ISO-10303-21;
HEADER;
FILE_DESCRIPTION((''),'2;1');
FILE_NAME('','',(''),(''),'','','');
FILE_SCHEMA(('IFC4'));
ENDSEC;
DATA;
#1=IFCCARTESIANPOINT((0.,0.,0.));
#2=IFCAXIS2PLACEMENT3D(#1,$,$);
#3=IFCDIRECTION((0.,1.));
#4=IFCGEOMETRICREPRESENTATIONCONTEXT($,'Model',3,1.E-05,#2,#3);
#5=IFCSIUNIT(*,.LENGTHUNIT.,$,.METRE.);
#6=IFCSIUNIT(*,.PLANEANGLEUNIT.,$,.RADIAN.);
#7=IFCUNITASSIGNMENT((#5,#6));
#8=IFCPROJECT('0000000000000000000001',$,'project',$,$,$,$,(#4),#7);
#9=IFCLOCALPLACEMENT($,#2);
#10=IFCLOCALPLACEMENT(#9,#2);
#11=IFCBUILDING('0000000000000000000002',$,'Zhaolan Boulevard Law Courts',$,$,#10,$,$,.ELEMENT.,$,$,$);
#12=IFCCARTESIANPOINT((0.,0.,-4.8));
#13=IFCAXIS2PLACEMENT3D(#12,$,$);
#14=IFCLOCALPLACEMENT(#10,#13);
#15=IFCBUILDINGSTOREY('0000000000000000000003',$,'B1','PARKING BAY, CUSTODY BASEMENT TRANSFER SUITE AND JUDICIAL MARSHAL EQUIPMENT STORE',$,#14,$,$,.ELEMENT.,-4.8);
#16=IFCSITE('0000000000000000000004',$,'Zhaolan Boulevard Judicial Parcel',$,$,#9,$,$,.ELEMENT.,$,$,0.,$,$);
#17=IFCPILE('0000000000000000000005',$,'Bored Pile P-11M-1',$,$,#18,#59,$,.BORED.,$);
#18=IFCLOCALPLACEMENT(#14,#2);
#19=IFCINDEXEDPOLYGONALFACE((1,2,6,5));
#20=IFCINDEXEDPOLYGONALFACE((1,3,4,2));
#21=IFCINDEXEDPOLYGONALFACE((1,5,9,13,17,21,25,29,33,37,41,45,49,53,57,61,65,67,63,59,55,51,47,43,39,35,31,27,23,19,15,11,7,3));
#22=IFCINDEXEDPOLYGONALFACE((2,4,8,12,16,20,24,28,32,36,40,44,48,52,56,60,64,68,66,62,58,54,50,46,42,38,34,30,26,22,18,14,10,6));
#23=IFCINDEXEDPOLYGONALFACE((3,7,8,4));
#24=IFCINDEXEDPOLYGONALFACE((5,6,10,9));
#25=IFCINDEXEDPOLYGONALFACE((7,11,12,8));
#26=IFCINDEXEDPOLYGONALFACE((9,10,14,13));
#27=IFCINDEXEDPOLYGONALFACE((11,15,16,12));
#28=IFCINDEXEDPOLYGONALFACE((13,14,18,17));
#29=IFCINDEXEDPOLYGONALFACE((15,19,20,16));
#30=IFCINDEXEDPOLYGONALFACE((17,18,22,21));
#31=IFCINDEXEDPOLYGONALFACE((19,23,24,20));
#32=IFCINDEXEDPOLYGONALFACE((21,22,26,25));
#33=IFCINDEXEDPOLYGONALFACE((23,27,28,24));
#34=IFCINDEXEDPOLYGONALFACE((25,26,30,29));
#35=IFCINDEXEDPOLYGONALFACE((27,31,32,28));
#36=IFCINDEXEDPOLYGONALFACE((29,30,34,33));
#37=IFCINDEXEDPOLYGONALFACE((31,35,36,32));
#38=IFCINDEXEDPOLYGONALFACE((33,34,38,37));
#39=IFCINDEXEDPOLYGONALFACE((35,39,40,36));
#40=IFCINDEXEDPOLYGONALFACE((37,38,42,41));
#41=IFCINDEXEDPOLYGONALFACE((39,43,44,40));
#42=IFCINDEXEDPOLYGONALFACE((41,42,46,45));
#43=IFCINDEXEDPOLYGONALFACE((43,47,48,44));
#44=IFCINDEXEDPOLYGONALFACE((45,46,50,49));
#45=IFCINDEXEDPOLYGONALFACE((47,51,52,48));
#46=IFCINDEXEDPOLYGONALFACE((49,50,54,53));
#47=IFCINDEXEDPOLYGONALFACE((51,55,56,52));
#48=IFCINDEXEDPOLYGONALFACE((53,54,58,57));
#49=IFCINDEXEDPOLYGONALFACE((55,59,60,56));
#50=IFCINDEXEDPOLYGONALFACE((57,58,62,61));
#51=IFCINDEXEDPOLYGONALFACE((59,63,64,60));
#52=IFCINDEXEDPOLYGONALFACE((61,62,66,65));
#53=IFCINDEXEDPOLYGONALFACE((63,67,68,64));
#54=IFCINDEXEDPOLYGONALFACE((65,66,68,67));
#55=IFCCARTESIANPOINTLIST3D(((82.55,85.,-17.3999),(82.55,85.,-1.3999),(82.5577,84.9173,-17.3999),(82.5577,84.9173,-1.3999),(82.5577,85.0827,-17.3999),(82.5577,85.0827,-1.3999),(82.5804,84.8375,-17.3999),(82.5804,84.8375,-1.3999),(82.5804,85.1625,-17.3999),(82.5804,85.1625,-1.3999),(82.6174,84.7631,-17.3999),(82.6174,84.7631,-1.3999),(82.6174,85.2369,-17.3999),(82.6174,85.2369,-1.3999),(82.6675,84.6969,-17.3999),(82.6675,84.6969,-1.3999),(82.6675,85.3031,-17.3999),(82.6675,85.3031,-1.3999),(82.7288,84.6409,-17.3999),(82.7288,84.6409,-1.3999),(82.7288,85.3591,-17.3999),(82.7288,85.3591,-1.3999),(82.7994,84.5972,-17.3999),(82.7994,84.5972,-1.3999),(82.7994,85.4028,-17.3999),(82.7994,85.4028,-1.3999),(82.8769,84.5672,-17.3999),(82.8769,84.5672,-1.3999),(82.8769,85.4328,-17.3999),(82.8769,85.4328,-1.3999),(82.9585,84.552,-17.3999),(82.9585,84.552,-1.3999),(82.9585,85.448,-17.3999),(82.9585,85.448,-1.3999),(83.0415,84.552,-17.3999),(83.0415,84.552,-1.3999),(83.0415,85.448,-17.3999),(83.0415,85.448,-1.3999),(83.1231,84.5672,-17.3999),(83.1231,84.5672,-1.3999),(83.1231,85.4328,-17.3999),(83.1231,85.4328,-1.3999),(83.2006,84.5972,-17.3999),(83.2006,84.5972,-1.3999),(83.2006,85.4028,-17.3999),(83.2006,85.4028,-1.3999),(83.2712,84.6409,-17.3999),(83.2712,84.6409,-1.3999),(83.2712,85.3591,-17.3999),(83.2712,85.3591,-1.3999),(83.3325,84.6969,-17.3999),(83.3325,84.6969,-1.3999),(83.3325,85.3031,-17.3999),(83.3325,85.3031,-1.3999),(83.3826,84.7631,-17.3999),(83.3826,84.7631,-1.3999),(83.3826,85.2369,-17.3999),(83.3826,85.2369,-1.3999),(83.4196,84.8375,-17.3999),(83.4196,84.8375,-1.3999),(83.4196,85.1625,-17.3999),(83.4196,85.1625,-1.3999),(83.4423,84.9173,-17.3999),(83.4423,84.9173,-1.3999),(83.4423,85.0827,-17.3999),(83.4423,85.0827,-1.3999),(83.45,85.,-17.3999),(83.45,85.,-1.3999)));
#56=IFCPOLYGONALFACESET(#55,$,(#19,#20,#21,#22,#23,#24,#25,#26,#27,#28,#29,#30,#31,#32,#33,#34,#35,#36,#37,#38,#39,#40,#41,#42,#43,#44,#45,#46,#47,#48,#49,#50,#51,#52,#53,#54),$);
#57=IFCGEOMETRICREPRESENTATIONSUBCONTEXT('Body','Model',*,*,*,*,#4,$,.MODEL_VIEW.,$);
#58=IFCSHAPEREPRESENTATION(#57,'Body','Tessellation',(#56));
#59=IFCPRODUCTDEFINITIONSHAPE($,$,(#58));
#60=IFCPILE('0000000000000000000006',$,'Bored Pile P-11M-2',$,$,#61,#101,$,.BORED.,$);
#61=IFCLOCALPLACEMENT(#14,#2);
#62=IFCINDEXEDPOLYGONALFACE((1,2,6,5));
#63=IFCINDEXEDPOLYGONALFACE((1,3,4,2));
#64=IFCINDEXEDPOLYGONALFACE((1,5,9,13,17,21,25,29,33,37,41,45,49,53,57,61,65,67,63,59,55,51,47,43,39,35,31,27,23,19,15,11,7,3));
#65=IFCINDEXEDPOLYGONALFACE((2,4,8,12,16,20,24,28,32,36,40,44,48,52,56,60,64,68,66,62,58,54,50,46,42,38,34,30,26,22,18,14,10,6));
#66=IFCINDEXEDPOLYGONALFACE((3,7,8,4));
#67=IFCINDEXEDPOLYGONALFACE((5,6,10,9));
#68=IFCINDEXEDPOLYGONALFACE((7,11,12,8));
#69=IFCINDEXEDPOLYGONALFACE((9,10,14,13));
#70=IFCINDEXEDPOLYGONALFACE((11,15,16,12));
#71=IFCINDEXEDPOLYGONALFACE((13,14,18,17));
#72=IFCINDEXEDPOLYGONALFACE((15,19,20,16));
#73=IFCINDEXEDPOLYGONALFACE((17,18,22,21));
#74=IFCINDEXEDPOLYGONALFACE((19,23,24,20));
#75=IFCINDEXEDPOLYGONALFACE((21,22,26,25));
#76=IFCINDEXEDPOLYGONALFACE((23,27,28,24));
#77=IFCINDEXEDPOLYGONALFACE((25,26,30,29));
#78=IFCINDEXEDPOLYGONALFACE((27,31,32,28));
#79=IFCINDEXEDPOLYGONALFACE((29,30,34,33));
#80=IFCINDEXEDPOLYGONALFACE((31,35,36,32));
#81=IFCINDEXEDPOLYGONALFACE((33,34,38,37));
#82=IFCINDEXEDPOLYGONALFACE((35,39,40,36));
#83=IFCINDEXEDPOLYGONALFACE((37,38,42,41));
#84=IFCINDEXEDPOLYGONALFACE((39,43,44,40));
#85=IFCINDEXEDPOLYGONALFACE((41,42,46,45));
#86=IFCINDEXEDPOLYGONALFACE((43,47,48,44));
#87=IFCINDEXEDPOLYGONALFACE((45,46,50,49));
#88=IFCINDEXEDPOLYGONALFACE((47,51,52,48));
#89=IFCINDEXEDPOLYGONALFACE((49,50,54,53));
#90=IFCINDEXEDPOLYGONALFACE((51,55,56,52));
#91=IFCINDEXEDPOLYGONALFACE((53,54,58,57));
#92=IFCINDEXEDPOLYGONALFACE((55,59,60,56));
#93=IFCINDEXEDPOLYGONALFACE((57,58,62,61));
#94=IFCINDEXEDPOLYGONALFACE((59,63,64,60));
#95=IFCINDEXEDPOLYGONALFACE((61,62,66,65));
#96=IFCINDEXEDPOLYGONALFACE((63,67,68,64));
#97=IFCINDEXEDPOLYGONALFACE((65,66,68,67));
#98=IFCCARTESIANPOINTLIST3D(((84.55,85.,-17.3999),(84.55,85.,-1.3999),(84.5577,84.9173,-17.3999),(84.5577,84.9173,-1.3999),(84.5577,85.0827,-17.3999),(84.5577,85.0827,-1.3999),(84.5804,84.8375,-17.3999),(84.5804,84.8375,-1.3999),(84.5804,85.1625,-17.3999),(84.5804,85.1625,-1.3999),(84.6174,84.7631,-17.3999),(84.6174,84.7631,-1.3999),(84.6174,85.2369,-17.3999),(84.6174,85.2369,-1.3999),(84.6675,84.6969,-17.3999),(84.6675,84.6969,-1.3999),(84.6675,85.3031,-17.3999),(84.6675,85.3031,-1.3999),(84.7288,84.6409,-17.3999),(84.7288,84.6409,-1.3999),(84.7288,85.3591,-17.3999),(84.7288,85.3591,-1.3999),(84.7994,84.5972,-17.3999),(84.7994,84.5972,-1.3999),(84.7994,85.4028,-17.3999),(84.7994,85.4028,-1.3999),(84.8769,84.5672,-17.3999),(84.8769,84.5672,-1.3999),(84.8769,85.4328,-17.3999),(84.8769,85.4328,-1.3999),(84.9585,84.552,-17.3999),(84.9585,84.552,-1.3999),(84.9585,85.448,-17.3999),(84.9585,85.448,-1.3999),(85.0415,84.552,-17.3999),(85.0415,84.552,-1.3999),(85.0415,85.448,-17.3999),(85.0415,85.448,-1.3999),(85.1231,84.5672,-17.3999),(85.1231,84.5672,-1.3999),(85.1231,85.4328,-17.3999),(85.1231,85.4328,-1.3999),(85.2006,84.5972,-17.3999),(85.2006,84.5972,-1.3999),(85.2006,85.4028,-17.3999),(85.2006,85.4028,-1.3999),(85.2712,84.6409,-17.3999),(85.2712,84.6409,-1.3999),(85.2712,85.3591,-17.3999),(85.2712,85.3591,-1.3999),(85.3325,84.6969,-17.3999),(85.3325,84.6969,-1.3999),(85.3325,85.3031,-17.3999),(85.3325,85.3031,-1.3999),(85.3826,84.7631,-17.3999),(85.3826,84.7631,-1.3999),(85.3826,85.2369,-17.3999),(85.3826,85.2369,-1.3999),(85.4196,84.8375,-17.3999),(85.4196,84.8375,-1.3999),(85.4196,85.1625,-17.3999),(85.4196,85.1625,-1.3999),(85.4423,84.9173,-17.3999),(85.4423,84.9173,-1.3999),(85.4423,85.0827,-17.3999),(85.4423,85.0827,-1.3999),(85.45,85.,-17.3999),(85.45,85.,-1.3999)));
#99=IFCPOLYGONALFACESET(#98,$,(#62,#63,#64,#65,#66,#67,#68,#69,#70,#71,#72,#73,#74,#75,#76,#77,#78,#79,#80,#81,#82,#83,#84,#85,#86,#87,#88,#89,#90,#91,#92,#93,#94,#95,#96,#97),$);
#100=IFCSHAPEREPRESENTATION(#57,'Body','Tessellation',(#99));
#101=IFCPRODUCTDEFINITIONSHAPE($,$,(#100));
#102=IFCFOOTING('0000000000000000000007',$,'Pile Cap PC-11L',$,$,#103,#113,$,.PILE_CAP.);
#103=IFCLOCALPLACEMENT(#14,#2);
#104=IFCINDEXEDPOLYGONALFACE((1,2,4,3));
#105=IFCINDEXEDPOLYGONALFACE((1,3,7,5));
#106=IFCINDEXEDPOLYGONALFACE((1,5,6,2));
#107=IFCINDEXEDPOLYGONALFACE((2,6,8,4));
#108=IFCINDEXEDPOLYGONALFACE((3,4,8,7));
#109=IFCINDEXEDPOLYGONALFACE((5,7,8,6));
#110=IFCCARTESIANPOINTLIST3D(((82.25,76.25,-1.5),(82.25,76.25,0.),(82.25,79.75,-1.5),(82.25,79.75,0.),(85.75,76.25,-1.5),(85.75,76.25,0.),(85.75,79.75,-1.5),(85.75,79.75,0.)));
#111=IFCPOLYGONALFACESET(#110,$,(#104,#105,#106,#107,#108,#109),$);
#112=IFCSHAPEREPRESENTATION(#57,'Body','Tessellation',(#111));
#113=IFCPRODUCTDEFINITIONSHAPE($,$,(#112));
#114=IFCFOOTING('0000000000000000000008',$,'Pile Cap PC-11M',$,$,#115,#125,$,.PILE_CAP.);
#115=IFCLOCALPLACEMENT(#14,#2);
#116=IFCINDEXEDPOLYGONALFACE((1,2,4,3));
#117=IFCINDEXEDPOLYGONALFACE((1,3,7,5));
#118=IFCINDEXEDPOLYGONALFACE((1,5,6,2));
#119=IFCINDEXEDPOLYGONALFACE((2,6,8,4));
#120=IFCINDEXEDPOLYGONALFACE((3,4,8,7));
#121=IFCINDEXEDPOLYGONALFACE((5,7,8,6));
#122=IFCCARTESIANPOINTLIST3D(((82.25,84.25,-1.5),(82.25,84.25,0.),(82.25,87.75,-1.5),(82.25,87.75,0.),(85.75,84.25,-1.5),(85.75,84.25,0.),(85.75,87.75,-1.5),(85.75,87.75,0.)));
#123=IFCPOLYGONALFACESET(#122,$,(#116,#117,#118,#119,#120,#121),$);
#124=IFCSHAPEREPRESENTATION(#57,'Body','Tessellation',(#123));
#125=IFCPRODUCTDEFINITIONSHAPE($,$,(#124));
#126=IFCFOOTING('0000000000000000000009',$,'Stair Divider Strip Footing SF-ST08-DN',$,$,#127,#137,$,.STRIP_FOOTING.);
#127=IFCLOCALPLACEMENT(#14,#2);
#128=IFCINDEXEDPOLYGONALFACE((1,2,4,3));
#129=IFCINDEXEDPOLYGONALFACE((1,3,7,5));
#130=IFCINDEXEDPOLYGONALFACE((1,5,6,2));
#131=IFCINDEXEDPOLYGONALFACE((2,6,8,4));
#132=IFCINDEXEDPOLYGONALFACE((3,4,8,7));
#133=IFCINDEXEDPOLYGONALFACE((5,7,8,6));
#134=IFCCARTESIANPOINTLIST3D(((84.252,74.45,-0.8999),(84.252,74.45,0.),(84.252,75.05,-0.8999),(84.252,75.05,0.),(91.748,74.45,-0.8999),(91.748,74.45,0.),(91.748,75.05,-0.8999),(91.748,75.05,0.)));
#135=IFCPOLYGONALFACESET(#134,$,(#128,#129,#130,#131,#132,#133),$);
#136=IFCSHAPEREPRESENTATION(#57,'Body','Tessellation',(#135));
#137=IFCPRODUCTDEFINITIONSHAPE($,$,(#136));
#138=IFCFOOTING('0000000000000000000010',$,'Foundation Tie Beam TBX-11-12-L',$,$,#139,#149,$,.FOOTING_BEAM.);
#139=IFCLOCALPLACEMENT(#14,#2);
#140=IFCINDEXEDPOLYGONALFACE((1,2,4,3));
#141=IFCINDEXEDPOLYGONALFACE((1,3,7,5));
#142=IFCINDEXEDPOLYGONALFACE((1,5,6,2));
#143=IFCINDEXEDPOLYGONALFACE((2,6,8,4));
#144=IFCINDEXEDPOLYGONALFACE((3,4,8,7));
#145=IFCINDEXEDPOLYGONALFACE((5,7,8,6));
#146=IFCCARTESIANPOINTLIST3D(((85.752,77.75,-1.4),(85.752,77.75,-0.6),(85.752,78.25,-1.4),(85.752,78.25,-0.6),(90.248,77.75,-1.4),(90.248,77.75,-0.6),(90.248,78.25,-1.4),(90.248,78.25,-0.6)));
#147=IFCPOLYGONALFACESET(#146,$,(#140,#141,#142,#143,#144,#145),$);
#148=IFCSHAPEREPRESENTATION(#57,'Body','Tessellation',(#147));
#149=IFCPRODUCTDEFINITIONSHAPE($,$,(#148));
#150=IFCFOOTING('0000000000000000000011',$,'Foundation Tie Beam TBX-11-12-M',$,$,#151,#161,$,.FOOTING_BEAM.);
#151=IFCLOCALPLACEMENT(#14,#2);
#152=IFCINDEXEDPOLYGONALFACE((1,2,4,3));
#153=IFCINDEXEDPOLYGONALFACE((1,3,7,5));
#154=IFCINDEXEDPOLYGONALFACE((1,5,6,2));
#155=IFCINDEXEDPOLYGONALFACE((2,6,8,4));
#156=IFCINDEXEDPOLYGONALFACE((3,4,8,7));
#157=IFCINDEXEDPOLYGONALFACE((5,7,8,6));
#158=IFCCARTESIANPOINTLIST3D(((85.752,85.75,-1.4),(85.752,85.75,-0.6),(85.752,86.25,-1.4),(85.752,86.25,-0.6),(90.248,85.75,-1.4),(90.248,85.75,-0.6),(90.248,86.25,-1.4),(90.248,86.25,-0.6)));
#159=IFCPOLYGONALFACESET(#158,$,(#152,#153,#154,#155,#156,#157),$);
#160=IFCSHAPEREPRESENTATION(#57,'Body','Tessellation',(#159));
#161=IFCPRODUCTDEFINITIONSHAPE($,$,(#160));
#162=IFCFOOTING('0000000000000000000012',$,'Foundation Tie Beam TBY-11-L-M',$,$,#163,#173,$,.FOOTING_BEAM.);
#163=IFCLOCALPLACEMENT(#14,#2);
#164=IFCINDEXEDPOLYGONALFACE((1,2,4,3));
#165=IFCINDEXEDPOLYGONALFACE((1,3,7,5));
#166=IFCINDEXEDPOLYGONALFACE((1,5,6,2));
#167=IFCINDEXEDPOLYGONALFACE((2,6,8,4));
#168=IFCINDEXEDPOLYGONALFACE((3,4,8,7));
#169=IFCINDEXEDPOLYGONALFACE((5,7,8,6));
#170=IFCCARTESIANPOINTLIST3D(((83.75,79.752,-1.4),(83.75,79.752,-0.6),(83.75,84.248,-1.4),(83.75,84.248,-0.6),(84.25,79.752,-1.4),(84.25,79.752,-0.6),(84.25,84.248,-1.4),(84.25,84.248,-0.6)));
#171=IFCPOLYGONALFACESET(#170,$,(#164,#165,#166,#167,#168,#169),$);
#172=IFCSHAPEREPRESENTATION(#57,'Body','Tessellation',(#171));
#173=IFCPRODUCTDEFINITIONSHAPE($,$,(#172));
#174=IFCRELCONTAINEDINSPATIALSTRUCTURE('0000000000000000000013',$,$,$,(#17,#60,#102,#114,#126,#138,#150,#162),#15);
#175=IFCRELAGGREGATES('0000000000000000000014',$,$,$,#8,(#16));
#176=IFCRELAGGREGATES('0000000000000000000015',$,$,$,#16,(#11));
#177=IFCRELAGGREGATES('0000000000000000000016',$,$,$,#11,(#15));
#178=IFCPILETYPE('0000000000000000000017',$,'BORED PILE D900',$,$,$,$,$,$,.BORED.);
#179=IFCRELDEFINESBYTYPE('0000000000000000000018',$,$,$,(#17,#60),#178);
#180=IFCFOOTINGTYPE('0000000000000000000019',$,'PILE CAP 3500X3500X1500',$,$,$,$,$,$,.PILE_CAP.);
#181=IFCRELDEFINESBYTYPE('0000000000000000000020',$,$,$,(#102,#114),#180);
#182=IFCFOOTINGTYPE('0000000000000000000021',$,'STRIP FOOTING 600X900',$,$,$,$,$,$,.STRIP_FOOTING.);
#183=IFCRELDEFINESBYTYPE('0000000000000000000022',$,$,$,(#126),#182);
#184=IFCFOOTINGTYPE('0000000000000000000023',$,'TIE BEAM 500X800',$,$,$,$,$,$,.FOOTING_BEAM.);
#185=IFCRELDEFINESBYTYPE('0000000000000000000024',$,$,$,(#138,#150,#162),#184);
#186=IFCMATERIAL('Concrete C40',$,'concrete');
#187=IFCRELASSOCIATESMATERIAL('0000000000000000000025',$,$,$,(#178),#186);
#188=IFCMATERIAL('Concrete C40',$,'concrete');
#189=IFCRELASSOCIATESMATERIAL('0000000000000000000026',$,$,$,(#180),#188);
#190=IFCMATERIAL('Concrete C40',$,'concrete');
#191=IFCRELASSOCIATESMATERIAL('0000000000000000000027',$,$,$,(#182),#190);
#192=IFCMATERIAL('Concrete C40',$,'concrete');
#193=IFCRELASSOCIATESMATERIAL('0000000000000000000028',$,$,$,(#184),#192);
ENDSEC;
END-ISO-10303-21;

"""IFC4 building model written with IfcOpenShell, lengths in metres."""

from ifc_helpers import new_model, si_unit, direction, frame, origin, origin_2d, place, context, subcontext, project, spatial, rectangle, circle, extrude, material, material_profile, profile_set, type_object, element, save


model = new_model("IFC4")

# Units and contexts
model_context = context("Model", 3, precision=1e-05, world=origin(), true_north=direction((0.0, 1.0)))
body_context = subcontext(model_context, "Body", "Model", "MODEL_VIEW")
ifc_project = project(units=[si_unit("LENGTHUNIT", "METRE"), si_unit("PLANEANGLEUNIT", "RADIAN")], contexts=[model_context])

# Site, building, storey
site_placement = place(None, origin())
site = spatial("IfcSite", under=ifc_project, at=site_placement, Name="Zhaolan Boulevard Judicial Parcel", CompositionType="ELEMENT", RefElevation=0.0)
building_placement = place(site_placement, origin())
building = spatial("IfcBuilding", under=site, at=building_placement, Name="Zhaolan Boulevard Law Courts", CompositionType="ELEMENT")
storey_placement = place(building_placement, frame((0.0, 0.0, -4.8)))
storey = spatial("IfcBuildingStorey", under=building, at=storey_placement, Name="B1", Description="PARKING BAY, CUSTODY BASEMENT TRANSFER SUITE AND JUDICIAL MARSHAL EQUIPMENT STORE", CompositionType="ELEMENT", Elevation=-4.8)

# Piles
ifc_material_1 = material(Name="Concrete C40", Category="concrete")
ifc_material_profile_1 = material_profile(ifc_material_1, circle(Radius=0.45, at=origin_2d()), Name="PILE-D900")
ifc_profile_set_1 = profile_set([ifc_material_profile_1], Name="Concrete C40")
pile_type = type_object("IfcPileType", Name="BORED PILE D900", PredefinedType="BORED", material=ifc_profile_set_1)
for number, where, z_axis, x_axis, name in (
    (1, (83.0, 85.0, -1.3999), (0.0, 0.0, -1.0), (1.0, 0.0, 0.0), "Bored Pile P-11M-1"),
    (2, (85.0, 85.0, -1.3999), (0.0, 0.0, -1.0), (1.0, 0.0, 0.0), "Bored Pile P-11M-2"),
):
    element("IfcPile", number, at=place(storey_placement, frame(where, z_axis=z_axis, x_axis=x_axis)), inside=storey, type_object=pile_type, Name=name, PredefinedType="BORED", context=body_context, shape_type="SweptSolid", body=[
        extrude(circle(Radius=0.45, at=origin_2d()), origin(), (0.0, 0.0, 1.0), 16.0),
    ])

# Footings
ifc_material_2 = material(Name="Concrete C40", Category="concrete")
footing_type_1 = type_object("IfcFootingType", Name="PILE CAP 3500X3500X1500", PredefinedType="PILE_CAP", material=ifc_material_2)
for number, where, z_axis, x_axis, name in (
    (3, (84.0, 78.0, -1.5), (0.0, 0.0, 1.0), (1.0, 0.0, 0.0), "Pile Cap PC-11L"),
    (4, (84.0, 86.0, -1.5), (0.0, 0.0, 1.0), (1.0, 0.0, 0.0), "Pile Cap PC-11M"),
):
    element("IfcFooting", number, at=place(storey_placement, frame(where, z_axis=z_axis, x_axis=x_axis)), inside=storey, type_object=footing_type_1, Name=name, PredefinedType="PILE_CAP", context=body_context, shape_type="SweptSolid", body=[
        extrude(rectangle(XDim=3.5, YDim=3.5, at=origin_2d()), origin(), (0.0, 0.0, 1.0), 1.5),
    ])
ifc_material_3 = material(Name="Concrete C40", Category="concrete")
ifc_material_profile_2 = material_profile(ifc_material_3, rectangle(XDim=0.6001, YDim=0.8999, at=origin_2d()), Name="RC600x900")
ifc_profile_set_2 = profile_set([ifc_material_profile_2], Name="Concrete C40")
footing_type_2 = type_object("IfcFootingType", Name="STRIP FOOTING 600X900", PredefinedType="STRIP_FOOTING", material=ifc_profile_set_2)
footing_placement = place(storey_placement, frame((84.252, 74.75, -0.45), z_axis=(1.0, 0.0, 0.0), x_axis=(0.0, 1.0, 0.0)))
element("IfcFooting", 5, at=footing_placement, inside=storey, type_object=footing_type_2, Name="Stair Divider Strip Footing SF-ST08-DN", PredefinedType="STRIP_FOOTING", context=body_context, shape_type="SweptSolid", body=[
    extrude(rectangle(XDim=0.6001, YDim=0.8999, at=origin_2d()), origin(), (0.0, 0.0, 1.0), 7.4961),
])
ifc_material_4 = material(Name="Concrete C40", Category="concrete")
ifc_material_profile_3 = material_profile(ifc_material_4, rectangle(XDim=0.5, YDim=0.8, at=origin_2d()), Name="RC500x800")
ifc_profile_set_3 = profile_set([ifc_material_profile_3], Name="Concrete C40")
footing_type_3 = type_object("IfcFootingType", Name="TIE BEAM 500X800", PredefinedType="FOOTING_BEAM", material=ifc_profile_set_3)
for number, where, z_axis, x_axis, name in (
    (6, (85.752, 78.0, -1.0), (1.0, 0.0, 0.0), (0.0, 1.0, 0.0), "Foundation Tie Beam TBX-11-12-L"),
    (7, (85.752, 86.0, -1.0), (1.0, 0.0, 0.0), (0.0, 1.0, 0.0), "Foundation Tie Beam TBX-11-12-M"),
    (8, (84.0, 79.752, -1.0), (0.0, 1.0, 0.0), (-1.0, 0.0, 0.0), "Foundation Tie Beam TBY-11-L-M"),
):
    element("IfcFooting", number, at=place(storey_placement, frame(where, z_axis=z_axis, x_axis=x_axis)), inside=storey, type_object=footing_type_3, Name=name, PredefinedType="FOOTING_BEAM", context=body_context, shape_type="SweptSolid", body=[
        extrude(rectangle(XDim=0.5, YDim=0.8, at=origin_2d()), origin(), (0.0, 0.0, 1.0), 4.4961),
    ])

save(model, "model.ifc")
